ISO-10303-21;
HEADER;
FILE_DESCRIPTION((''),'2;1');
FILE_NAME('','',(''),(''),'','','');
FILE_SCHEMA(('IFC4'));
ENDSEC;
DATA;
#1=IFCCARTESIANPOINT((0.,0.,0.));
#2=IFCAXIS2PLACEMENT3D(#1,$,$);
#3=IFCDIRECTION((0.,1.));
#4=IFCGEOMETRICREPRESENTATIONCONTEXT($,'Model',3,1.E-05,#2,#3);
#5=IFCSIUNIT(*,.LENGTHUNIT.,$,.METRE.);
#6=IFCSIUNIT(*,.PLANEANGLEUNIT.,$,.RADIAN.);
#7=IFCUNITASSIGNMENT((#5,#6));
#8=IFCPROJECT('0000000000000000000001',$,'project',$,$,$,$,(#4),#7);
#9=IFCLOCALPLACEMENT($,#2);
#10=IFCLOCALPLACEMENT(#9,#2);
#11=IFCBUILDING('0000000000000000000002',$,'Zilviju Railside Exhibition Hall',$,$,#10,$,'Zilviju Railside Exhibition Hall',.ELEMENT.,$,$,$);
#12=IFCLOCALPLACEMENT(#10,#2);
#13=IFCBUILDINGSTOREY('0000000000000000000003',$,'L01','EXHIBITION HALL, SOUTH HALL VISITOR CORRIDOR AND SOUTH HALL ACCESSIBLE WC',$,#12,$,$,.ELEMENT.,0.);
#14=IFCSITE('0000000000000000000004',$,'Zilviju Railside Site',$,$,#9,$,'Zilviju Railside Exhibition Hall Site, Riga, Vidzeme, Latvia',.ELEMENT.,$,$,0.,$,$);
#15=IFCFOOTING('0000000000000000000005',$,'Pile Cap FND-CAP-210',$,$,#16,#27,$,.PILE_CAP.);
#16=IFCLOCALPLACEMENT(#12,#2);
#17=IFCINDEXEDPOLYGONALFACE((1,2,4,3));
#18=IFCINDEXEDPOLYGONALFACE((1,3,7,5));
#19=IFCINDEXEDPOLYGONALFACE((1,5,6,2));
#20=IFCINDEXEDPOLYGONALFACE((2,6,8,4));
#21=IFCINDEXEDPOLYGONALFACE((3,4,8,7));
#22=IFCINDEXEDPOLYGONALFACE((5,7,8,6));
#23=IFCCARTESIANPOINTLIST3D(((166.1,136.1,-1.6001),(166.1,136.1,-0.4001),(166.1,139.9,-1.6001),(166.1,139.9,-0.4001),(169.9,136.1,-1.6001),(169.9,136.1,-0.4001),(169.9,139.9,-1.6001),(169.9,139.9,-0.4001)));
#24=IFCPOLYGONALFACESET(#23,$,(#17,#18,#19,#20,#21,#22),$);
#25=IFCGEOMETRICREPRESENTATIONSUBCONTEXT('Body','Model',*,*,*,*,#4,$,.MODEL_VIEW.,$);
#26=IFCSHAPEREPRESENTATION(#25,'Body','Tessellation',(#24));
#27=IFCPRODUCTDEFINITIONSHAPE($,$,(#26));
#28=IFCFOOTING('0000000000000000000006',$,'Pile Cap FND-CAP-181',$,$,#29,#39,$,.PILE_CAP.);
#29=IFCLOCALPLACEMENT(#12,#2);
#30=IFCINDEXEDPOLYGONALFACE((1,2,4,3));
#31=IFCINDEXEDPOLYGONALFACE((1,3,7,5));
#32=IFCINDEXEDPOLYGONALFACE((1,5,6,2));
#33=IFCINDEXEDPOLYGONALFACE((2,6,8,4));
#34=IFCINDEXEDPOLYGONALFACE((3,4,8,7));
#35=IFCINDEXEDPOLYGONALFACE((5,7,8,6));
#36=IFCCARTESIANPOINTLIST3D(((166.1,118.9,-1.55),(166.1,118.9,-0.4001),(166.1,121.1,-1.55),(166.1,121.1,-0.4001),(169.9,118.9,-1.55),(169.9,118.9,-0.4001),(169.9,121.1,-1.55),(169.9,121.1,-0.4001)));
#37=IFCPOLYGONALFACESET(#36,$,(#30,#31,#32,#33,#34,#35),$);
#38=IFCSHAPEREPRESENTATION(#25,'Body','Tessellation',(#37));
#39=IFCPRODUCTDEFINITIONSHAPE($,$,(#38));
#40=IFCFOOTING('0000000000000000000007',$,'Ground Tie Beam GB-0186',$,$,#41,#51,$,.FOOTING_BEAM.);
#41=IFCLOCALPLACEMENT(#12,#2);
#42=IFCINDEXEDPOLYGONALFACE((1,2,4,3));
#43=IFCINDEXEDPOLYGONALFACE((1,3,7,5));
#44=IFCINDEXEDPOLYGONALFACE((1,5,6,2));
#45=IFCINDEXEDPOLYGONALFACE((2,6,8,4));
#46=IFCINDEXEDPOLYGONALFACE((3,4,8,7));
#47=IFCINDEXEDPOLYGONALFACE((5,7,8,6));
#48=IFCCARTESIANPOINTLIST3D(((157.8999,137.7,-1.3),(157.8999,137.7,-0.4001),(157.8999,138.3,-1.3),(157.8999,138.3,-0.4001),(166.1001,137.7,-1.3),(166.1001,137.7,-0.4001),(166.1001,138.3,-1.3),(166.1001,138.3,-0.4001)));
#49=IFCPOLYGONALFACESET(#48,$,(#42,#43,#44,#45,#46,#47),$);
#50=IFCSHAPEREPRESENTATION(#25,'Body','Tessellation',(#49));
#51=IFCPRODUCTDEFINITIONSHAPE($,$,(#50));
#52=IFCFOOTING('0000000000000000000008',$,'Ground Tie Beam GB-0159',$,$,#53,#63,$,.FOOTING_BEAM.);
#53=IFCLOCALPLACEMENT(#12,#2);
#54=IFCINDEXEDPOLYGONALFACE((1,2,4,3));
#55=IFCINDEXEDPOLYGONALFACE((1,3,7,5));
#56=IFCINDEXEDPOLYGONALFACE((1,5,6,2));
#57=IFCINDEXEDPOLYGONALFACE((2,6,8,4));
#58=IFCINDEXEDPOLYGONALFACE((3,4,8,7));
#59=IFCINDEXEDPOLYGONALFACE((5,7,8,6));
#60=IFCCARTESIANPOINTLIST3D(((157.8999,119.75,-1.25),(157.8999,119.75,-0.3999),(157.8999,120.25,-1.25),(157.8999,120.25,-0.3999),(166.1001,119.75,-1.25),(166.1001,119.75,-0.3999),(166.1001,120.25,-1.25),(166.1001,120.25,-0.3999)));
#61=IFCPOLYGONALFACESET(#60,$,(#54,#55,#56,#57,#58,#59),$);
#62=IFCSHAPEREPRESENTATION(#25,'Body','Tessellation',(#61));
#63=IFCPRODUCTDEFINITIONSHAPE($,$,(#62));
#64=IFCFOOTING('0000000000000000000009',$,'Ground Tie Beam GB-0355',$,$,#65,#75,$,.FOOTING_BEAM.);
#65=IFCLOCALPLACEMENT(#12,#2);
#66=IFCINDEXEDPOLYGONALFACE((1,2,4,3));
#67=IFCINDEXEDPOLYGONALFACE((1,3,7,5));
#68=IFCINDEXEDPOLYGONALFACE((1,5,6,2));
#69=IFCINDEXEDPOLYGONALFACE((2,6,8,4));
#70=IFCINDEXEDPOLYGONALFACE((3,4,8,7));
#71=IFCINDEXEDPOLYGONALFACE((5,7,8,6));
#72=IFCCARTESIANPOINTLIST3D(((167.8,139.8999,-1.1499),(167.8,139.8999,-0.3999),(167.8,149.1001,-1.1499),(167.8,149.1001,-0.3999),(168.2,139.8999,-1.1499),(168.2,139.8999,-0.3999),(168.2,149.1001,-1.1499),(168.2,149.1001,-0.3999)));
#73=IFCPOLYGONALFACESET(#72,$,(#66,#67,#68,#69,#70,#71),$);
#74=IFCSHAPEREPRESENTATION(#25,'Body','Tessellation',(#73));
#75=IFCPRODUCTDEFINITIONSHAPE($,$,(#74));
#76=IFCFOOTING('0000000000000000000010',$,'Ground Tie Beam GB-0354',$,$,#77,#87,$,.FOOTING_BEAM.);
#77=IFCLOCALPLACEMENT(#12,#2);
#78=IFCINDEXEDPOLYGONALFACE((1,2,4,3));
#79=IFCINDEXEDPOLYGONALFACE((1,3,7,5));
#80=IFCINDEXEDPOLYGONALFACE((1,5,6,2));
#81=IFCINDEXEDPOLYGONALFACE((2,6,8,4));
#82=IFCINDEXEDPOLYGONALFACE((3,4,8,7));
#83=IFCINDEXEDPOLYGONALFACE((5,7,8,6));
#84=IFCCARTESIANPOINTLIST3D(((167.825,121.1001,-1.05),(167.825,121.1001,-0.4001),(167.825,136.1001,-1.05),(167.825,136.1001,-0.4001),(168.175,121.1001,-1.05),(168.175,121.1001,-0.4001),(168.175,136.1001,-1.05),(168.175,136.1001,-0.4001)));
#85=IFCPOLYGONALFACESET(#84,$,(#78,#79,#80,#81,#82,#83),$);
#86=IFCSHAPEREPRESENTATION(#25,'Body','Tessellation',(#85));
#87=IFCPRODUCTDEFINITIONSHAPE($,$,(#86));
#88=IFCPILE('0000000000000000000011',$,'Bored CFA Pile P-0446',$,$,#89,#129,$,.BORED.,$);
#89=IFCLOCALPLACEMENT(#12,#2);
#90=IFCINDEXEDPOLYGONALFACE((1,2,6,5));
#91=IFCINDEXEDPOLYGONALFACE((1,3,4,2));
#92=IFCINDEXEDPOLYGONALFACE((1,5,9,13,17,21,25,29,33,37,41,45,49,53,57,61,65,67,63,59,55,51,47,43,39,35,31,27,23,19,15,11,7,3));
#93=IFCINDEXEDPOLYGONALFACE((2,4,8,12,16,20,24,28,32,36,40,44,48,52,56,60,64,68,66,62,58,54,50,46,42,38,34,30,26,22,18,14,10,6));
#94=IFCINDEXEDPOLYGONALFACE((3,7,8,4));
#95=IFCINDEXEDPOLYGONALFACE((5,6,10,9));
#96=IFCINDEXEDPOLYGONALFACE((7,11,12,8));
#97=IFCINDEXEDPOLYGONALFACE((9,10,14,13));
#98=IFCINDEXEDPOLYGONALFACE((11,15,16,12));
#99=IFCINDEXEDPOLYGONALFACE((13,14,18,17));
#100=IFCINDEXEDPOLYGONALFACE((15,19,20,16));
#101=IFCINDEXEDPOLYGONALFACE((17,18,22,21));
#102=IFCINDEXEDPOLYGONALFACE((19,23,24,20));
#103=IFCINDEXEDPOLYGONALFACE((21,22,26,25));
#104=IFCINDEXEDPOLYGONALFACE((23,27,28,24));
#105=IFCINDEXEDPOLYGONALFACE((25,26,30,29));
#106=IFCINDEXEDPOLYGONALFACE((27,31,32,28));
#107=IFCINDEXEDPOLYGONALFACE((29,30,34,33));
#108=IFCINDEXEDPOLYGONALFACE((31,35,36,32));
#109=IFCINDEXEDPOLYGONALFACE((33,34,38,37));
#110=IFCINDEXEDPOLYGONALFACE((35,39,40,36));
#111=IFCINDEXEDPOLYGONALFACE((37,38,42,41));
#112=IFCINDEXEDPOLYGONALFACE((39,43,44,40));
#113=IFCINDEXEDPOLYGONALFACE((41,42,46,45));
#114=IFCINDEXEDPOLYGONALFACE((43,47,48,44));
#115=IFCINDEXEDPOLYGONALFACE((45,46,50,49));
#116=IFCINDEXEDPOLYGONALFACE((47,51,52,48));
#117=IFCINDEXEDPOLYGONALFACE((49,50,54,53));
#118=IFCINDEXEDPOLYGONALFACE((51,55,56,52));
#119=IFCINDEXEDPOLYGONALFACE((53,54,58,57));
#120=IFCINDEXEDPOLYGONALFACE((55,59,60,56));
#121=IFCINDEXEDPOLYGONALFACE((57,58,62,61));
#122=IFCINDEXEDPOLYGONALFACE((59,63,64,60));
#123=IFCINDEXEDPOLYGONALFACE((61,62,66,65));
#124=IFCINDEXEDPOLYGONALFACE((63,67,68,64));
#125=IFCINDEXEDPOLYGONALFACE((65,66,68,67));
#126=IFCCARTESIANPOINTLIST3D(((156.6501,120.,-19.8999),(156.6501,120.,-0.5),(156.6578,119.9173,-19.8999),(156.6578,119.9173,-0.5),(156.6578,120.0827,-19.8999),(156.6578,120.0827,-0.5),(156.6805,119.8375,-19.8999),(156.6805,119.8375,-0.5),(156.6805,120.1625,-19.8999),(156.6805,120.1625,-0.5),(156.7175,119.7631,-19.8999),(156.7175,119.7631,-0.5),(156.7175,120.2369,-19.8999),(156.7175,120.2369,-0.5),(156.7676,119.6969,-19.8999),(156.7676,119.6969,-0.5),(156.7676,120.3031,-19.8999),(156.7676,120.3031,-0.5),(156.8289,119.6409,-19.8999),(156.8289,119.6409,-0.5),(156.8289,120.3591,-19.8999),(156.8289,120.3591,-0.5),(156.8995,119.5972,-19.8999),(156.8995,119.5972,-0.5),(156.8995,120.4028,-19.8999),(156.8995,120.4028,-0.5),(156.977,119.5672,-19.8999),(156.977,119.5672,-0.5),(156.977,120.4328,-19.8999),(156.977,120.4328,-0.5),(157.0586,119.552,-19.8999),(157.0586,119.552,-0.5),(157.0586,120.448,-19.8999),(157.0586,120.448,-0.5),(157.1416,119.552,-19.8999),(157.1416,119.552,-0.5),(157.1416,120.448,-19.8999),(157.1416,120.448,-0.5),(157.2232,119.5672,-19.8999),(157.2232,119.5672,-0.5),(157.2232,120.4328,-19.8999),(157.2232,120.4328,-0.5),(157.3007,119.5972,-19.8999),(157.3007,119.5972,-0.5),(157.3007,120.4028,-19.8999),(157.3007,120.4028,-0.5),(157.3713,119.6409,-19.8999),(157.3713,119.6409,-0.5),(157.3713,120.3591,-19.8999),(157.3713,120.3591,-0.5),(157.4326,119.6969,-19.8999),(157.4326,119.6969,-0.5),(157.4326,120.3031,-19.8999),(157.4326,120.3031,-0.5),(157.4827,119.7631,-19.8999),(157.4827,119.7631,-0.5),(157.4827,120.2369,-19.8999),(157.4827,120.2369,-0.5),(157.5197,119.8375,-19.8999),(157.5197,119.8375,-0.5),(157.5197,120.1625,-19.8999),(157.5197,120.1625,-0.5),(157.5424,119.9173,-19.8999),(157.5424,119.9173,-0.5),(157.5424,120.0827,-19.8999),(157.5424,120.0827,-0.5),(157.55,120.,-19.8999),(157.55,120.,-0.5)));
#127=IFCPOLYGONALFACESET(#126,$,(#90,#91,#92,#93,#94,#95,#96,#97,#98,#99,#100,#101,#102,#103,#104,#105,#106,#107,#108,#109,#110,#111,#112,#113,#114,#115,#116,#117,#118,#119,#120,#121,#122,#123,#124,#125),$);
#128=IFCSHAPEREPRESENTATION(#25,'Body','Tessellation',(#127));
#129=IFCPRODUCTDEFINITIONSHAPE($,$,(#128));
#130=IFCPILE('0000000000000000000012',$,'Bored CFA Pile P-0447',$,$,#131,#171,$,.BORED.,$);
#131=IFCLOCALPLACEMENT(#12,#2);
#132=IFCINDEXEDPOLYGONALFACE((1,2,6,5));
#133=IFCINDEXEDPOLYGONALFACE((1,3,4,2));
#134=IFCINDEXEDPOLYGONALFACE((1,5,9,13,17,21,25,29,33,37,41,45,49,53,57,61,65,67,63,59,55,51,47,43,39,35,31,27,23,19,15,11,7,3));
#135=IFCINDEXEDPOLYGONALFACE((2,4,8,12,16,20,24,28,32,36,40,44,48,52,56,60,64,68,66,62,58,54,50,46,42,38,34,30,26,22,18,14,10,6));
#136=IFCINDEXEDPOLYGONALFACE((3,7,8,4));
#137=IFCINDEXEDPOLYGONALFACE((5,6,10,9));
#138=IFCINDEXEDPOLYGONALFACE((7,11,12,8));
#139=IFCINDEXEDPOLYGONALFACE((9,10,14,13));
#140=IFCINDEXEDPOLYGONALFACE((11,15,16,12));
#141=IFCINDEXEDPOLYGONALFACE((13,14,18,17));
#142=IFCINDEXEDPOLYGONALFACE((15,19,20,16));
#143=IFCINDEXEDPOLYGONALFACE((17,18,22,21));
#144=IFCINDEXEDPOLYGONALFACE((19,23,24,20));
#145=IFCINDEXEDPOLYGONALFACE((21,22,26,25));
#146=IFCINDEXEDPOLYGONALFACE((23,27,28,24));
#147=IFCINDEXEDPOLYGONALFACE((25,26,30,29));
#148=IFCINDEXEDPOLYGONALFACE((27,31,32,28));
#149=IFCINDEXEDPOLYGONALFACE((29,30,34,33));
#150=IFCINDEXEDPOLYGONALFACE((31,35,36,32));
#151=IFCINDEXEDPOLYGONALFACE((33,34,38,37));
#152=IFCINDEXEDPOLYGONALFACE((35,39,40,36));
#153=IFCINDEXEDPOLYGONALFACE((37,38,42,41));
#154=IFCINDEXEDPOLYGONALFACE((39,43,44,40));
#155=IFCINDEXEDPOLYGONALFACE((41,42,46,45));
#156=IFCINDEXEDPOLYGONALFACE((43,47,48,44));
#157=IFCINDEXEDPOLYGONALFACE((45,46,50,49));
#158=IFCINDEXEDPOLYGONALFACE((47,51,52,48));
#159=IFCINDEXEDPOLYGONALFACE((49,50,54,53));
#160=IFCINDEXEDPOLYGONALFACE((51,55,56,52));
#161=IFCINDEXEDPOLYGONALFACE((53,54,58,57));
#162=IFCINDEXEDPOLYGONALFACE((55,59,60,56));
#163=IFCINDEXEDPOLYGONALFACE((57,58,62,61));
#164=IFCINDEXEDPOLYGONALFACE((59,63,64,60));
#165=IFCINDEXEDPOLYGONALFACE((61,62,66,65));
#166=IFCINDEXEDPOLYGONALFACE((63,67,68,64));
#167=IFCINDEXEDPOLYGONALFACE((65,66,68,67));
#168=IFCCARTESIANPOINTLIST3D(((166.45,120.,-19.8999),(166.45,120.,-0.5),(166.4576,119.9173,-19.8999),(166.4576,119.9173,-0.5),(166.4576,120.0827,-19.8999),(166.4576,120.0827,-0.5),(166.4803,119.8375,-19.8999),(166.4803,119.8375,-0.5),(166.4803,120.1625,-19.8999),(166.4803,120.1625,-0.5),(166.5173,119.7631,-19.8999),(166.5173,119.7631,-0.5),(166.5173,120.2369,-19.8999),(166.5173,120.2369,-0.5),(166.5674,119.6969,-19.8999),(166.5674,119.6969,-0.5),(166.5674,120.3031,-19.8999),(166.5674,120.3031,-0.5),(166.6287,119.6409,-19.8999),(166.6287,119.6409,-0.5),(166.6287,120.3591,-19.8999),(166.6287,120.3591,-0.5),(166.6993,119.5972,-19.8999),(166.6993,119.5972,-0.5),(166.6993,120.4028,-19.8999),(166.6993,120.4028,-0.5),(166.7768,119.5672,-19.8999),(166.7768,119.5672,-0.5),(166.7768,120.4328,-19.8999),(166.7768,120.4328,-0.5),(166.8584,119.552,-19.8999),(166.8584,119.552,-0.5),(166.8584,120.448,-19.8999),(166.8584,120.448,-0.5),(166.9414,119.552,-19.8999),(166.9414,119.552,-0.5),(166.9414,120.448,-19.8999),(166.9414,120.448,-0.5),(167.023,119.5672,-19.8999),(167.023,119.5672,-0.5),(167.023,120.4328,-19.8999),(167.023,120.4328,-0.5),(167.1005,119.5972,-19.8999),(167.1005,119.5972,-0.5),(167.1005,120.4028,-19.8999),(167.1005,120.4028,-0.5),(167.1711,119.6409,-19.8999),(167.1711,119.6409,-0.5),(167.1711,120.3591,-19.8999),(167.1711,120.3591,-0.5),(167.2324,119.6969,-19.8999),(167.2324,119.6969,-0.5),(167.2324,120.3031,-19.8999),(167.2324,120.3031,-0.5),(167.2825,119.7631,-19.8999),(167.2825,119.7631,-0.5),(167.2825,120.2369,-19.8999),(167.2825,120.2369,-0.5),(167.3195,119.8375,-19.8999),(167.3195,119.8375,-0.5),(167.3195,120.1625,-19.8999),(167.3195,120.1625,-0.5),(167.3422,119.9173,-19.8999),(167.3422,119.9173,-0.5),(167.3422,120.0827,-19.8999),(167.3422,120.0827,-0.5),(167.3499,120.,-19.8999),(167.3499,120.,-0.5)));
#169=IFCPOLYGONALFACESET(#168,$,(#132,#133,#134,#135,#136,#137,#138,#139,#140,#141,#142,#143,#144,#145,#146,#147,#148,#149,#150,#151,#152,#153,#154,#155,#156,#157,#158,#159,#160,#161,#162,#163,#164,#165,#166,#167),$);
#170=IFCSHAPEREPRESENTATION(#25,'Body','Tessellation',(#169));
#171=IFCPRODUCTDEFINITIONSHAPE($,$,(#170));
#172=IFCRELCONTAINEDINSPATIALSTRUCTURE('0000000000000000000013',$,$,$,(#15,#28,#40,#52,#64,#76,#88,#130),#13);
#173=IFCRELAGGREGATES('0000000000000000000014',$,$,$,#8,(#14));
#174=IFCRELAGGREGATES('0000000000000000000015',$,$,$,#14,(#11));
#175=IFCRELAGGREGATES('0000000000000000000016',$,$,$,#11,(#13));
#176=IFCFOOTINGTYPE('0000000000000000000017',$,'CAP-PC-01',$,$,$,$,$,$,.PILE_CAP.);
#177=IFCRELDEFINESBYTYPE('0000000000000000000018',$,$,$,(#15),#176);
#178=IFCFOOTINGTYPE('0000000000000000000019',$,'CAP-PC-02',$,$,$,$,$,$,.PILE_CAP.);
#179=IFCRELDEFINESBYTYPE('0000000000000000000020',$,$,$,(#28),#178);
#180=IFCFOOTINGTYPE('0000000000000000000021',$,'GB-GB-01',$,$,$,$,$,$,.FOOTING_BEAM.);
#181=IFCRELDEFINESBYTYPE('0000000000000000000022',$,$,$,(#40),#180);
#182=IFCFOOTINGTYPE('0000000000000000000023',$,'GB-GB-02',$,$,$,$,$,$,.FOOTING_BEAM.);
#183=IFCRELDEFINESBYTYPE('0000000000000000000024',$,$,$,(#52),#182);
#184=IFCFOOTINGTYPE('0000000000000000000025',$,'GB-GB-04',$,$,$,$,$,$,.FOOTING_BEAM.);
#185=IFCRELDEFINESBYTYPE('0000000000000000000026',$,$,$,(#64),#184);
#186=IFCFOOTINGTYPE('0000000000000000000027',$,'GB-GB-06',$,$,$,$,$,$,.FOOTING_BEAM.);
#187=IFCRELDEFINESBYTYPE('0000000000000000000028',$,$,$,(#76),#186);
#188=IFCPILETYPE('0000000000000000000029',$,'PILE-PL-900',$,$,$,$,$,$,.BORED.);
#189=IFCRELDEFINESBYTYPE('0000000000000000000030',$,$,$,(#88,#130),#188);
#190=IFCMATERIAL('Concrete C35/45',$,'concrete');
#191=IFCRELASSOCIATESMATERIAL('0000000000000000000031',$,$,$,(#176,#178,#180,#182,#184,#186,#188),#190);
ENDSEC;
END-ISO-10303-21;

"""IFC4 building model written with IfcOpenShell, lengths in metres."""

from ifc_helpers import new_model, si_unit, direction, frame, origin, origin_2d, place, context, subcontext, project, spatial, rectangle, circle, extrude, material, material_profile, profile_set, type_object, element, save


model = new_model("IFC4")

# Units and contexts
model_context = context("Model", 3, precision=1e-05, world=origin(), true_north=direction((0.0, 1.0)))
body_context = subcontext(model_context, "Body", "Model", "MODEL_VIEW")
ifc_project = project(units=[si_unit("LENGTHUNIT", "METRE"), si_unit("PLANEANGLEUNIT", "RADIAN")], contexts=[model_context])

# Site, building, storey
site_placement = place(None, origin())
site = spatial("IfcSite", under=ifc_project, at=site_placement, Name="Zilviju Railside Site", LongName="Zilviju Railside Exhibition Hall Site, Riga, Vidzeme, Latvia", CompositionType="ELEMENT", RefElevation=0.0)
building_placement = place(site_placement, origin())
building = spatial("IfcBuilding", under=site, at=building_placement, Name="Zilviju Railside Exhibition Hall", LongName="Zilviju Railside Exhibition Hall", CompositionType="ELEMENT")
storey_placement = place(building_placement, origin())
storey = spatial("IfcBuildingStorey", under=building, at=storey_placement, Name="L01", Description="EXHIBITION HALL, SOUTH HALL VISITOR CORRIDOR AND SOUTH HALL ACCESSIBLE WC", CompositionType="ELEMENT", Elevation=0.0)

# Footings
ifc_material_1 = material(Name="Concrete C35/45", Category="concrete")
footing_type_1 = type_object("IfcFootingType", Name="CAP-PC-01", PredefinedType="PILE_CAP", material=ifc_material_1)
footing_1_placement = place(storey_placement, frame((168.0, 138.0, -1.6001), z_axis=(0.0, 0.0, 1.0), x_axis=(1.0, 0.0, 0.0)))
element("IfcFooting", 1, at=footing_1_placement, inside=storey, type_object=footing_type_1, Name="Pile Cap FND-CAP-210", PredefinedType="PILE_CAP", context=body_context, shape_type="SweptSolid", body=[
    extrude(rectangle(XDim=3.8, YDim=3.8, at=origin_2d()), origin(), (0.0, 0.0, 1.0), 1.2),
])
footing_type_2 = type_object("IfcFootingType", Name="CAP-PC-02", PredefinedType="PILE_CAP", material=ifc_material_1)
footing_2_placement = place(storey_placement, frame((168.0, 120.0, -1.55), z_axis=(0.0, 0.0, 1.0), x_axis=(1.0, 0.0, 0.0)))
element("IfcFooting", 2, at=footing_2_placement, inside=storey, type_object=footing_type_2, Name="Pile Cap FND-CAP-181", PredefinedType="PILE_CAP", context=body_context, shape_type="SweptSolid", body=[
    extrude(rectangle(XDim=3.8, YDim=2.2, at=origin_2d()), origin(), (0.0, 0.0, 1.0), 1.1499),
])
ifc_material_profile_1 = material_profile(ifc_material_1, rectangle(XDim=0.6001, YDim=0.8999, at=origin_2d()), Name="TIE BEAM 600x900")
ifc_profile_set_1 = profile_set([ifc_material_profile_1], Name="Concrete C35/45")
footing_type_3 = type_object("IfcFootingType", Name="GB-GB-01", PredefinedType="FOOTING_BEAM", material=ifc_profile_set_1)
footing_3_placement = place(storey_placement, frame((157.8999, 138.0, -0.8501), z_axis=(1.0, 0.0, 0.0), x_axis=(0.0, 1.0, 0.0)))
element("IfcFooting", 3, at=footing_3_placement, inside=storey, type_object=footing_type_3, Name="Ground Tie Beam GB-0186", PredefinedType="FOOTING_BEAM", context=body_context, shape_type="SweptSolid", body=[
    extrude(rectangle(XDim=0.6001, YDim=0.8999, at=origin_2d()), origin(), (0.0, 0.0, 1.0), 8.2002),
])
ifc_material_profile_2 = material_profile(ifc_material_1, rectangle(XDim=0.5, YDim=0.8501, at=origin_2d()), Name="TIE BEAM 500x850")
ifc_profile_set_2 = profile_set([ifc_material_profile_2], Name="Concrete C35/45")
footing_type_4 = type_object("IfcFootingType", Name="GB-GB-02", PredefinedType="FOOTING_BEAM", material=ifc_profile_set_2)
footing_4_placement = place(storey_placement, frame((157.8999, 120.0, -0.825), z_axis=(1.0, 0.0, 0.0), x_axis=(0.0, 1.0, 0.0)))
element("IfcFooting", 4, at=footing_4_placement, inside=storey, type_object=footing_type_4, Name="Ground Tie Beam GB-0159", PredefinedType="FOOTING_BEAM", context=body_context, shape_type="SweptSolid", body=[
    extrude(rectangle(XDim=0.5, YDim=0.8501, at=origin_2d()), origin(), (0.0, 0.0, 1.0), 8.2002),
])
ifc_material_profile_3 = material_profile(ifc_material_1, rectangle(XDim=0.3999, YDim=0.75, at=origin_2d()), Name="TIE BEAM 400x750")
ifc_profile_set_3 = profile_set([ifc_material_profile_3], Name="Concrete C35/45")
footing_type_5 = type_object("IfcFootingType", Name="GB-GB-04", PredefinedType="FOOTING_BEAM", material=ifc_profile_set_3)
footing_5_placement = place(storey_placement, frame((168.0, 139.8999, -0.7749), z_axis=(0.0, 1.0, 0.0), x_axis=(-1.0, 0.0, 0.0)))
element("IfcFooting", 5, at=footing_5_placement, inside=storey, type_object=footing_type_5, Name="Ground Tie Beam GB-0355", PredefinedType="FOOTING_BEAM", context=body_context, shape_type="SweptSolid", body=[
    extrude(rectangle(XDim=0.3999, YDim=0.75, at=origin_2d()), origin(), (0.0, 0.0, 1.0), 9.2002),
])
ifc_material_profile_4 = material_profile(ifc_material_1, rectangle(XDim=0.3501, YDim=0.6499, at=origin_2d()), Name="TIE BEAM 350x650")
ifc_profile_set_4 = profile_set([ifc_material_profile_4], Name="Concrete C35/45")
footing_type_6 = type_object("IfcFootingType", Name="GB-GB-06", PredefinedType="FOOTING_BEAM", material=ifc_profile_set_4)
footing_6_placement = place(storey_placement, frame((168.0, 121.1001, -0.7251), z_axis=(0.0, 1.0, 0.0), x_axis=(-1.0, 0.0, 0.0)))
element("IfcFooting", 6, at=footing_6_placement, inside=storey, type_object=footing_type_6, Name="Ground Tie Beam GB-0354", PredefinedType="FOOTING_BEAM", context=body_context, shape_type="SweptSolid", body=[
    extrude(rectangle(XDim=0.3501, YDim=0.6499, at=origin_2d()), origin(), (0.0, 0.0, 1.0), 15.0),
])

# Piles
ifc_material_profile_5 = material_profile(ifc_material_1, circle(Radius=0.45, at=origin_2d()), Name="CFA PILE D900")
ifc_profile_set_5 = profile_set([ifc_material_profile_5], Name="Concrete C35/45")
pile_type = type_object("IfcPileType", Name="PILE-PL-900", PredefinedType="BORED", material=ifc_profile_set_5)
for number, where, z_axis, x_axis, name in (
    (7, (157.1001, 120.0, -0.5), (0.0, 0.0, -1.0), (1.0, 0.0, 0.0), "Bored CFA Pile P-0446"),
    (8, (166.8999, 120.0, -0.5), (0.0, 0.0, -1.0), (1.0, 0.0, 0.0), "Bored CFA Pile P-0447"),
):
    element("IfcPile", number, at=place(storey_placement, frame(where, z_axis=z_axis, x_axis=x_axis)), inside=storey, type_object=pile_type, Name=name, PredefinedType="BORED", context=body_context, shape_type="SweptSolid", body=[
        extrude(circle(Radius=0.45, at=origin_2d()), origin(), (0.0, 0.0, 1.0), 19.3999),
    ])

save(model, "model.ifc")
